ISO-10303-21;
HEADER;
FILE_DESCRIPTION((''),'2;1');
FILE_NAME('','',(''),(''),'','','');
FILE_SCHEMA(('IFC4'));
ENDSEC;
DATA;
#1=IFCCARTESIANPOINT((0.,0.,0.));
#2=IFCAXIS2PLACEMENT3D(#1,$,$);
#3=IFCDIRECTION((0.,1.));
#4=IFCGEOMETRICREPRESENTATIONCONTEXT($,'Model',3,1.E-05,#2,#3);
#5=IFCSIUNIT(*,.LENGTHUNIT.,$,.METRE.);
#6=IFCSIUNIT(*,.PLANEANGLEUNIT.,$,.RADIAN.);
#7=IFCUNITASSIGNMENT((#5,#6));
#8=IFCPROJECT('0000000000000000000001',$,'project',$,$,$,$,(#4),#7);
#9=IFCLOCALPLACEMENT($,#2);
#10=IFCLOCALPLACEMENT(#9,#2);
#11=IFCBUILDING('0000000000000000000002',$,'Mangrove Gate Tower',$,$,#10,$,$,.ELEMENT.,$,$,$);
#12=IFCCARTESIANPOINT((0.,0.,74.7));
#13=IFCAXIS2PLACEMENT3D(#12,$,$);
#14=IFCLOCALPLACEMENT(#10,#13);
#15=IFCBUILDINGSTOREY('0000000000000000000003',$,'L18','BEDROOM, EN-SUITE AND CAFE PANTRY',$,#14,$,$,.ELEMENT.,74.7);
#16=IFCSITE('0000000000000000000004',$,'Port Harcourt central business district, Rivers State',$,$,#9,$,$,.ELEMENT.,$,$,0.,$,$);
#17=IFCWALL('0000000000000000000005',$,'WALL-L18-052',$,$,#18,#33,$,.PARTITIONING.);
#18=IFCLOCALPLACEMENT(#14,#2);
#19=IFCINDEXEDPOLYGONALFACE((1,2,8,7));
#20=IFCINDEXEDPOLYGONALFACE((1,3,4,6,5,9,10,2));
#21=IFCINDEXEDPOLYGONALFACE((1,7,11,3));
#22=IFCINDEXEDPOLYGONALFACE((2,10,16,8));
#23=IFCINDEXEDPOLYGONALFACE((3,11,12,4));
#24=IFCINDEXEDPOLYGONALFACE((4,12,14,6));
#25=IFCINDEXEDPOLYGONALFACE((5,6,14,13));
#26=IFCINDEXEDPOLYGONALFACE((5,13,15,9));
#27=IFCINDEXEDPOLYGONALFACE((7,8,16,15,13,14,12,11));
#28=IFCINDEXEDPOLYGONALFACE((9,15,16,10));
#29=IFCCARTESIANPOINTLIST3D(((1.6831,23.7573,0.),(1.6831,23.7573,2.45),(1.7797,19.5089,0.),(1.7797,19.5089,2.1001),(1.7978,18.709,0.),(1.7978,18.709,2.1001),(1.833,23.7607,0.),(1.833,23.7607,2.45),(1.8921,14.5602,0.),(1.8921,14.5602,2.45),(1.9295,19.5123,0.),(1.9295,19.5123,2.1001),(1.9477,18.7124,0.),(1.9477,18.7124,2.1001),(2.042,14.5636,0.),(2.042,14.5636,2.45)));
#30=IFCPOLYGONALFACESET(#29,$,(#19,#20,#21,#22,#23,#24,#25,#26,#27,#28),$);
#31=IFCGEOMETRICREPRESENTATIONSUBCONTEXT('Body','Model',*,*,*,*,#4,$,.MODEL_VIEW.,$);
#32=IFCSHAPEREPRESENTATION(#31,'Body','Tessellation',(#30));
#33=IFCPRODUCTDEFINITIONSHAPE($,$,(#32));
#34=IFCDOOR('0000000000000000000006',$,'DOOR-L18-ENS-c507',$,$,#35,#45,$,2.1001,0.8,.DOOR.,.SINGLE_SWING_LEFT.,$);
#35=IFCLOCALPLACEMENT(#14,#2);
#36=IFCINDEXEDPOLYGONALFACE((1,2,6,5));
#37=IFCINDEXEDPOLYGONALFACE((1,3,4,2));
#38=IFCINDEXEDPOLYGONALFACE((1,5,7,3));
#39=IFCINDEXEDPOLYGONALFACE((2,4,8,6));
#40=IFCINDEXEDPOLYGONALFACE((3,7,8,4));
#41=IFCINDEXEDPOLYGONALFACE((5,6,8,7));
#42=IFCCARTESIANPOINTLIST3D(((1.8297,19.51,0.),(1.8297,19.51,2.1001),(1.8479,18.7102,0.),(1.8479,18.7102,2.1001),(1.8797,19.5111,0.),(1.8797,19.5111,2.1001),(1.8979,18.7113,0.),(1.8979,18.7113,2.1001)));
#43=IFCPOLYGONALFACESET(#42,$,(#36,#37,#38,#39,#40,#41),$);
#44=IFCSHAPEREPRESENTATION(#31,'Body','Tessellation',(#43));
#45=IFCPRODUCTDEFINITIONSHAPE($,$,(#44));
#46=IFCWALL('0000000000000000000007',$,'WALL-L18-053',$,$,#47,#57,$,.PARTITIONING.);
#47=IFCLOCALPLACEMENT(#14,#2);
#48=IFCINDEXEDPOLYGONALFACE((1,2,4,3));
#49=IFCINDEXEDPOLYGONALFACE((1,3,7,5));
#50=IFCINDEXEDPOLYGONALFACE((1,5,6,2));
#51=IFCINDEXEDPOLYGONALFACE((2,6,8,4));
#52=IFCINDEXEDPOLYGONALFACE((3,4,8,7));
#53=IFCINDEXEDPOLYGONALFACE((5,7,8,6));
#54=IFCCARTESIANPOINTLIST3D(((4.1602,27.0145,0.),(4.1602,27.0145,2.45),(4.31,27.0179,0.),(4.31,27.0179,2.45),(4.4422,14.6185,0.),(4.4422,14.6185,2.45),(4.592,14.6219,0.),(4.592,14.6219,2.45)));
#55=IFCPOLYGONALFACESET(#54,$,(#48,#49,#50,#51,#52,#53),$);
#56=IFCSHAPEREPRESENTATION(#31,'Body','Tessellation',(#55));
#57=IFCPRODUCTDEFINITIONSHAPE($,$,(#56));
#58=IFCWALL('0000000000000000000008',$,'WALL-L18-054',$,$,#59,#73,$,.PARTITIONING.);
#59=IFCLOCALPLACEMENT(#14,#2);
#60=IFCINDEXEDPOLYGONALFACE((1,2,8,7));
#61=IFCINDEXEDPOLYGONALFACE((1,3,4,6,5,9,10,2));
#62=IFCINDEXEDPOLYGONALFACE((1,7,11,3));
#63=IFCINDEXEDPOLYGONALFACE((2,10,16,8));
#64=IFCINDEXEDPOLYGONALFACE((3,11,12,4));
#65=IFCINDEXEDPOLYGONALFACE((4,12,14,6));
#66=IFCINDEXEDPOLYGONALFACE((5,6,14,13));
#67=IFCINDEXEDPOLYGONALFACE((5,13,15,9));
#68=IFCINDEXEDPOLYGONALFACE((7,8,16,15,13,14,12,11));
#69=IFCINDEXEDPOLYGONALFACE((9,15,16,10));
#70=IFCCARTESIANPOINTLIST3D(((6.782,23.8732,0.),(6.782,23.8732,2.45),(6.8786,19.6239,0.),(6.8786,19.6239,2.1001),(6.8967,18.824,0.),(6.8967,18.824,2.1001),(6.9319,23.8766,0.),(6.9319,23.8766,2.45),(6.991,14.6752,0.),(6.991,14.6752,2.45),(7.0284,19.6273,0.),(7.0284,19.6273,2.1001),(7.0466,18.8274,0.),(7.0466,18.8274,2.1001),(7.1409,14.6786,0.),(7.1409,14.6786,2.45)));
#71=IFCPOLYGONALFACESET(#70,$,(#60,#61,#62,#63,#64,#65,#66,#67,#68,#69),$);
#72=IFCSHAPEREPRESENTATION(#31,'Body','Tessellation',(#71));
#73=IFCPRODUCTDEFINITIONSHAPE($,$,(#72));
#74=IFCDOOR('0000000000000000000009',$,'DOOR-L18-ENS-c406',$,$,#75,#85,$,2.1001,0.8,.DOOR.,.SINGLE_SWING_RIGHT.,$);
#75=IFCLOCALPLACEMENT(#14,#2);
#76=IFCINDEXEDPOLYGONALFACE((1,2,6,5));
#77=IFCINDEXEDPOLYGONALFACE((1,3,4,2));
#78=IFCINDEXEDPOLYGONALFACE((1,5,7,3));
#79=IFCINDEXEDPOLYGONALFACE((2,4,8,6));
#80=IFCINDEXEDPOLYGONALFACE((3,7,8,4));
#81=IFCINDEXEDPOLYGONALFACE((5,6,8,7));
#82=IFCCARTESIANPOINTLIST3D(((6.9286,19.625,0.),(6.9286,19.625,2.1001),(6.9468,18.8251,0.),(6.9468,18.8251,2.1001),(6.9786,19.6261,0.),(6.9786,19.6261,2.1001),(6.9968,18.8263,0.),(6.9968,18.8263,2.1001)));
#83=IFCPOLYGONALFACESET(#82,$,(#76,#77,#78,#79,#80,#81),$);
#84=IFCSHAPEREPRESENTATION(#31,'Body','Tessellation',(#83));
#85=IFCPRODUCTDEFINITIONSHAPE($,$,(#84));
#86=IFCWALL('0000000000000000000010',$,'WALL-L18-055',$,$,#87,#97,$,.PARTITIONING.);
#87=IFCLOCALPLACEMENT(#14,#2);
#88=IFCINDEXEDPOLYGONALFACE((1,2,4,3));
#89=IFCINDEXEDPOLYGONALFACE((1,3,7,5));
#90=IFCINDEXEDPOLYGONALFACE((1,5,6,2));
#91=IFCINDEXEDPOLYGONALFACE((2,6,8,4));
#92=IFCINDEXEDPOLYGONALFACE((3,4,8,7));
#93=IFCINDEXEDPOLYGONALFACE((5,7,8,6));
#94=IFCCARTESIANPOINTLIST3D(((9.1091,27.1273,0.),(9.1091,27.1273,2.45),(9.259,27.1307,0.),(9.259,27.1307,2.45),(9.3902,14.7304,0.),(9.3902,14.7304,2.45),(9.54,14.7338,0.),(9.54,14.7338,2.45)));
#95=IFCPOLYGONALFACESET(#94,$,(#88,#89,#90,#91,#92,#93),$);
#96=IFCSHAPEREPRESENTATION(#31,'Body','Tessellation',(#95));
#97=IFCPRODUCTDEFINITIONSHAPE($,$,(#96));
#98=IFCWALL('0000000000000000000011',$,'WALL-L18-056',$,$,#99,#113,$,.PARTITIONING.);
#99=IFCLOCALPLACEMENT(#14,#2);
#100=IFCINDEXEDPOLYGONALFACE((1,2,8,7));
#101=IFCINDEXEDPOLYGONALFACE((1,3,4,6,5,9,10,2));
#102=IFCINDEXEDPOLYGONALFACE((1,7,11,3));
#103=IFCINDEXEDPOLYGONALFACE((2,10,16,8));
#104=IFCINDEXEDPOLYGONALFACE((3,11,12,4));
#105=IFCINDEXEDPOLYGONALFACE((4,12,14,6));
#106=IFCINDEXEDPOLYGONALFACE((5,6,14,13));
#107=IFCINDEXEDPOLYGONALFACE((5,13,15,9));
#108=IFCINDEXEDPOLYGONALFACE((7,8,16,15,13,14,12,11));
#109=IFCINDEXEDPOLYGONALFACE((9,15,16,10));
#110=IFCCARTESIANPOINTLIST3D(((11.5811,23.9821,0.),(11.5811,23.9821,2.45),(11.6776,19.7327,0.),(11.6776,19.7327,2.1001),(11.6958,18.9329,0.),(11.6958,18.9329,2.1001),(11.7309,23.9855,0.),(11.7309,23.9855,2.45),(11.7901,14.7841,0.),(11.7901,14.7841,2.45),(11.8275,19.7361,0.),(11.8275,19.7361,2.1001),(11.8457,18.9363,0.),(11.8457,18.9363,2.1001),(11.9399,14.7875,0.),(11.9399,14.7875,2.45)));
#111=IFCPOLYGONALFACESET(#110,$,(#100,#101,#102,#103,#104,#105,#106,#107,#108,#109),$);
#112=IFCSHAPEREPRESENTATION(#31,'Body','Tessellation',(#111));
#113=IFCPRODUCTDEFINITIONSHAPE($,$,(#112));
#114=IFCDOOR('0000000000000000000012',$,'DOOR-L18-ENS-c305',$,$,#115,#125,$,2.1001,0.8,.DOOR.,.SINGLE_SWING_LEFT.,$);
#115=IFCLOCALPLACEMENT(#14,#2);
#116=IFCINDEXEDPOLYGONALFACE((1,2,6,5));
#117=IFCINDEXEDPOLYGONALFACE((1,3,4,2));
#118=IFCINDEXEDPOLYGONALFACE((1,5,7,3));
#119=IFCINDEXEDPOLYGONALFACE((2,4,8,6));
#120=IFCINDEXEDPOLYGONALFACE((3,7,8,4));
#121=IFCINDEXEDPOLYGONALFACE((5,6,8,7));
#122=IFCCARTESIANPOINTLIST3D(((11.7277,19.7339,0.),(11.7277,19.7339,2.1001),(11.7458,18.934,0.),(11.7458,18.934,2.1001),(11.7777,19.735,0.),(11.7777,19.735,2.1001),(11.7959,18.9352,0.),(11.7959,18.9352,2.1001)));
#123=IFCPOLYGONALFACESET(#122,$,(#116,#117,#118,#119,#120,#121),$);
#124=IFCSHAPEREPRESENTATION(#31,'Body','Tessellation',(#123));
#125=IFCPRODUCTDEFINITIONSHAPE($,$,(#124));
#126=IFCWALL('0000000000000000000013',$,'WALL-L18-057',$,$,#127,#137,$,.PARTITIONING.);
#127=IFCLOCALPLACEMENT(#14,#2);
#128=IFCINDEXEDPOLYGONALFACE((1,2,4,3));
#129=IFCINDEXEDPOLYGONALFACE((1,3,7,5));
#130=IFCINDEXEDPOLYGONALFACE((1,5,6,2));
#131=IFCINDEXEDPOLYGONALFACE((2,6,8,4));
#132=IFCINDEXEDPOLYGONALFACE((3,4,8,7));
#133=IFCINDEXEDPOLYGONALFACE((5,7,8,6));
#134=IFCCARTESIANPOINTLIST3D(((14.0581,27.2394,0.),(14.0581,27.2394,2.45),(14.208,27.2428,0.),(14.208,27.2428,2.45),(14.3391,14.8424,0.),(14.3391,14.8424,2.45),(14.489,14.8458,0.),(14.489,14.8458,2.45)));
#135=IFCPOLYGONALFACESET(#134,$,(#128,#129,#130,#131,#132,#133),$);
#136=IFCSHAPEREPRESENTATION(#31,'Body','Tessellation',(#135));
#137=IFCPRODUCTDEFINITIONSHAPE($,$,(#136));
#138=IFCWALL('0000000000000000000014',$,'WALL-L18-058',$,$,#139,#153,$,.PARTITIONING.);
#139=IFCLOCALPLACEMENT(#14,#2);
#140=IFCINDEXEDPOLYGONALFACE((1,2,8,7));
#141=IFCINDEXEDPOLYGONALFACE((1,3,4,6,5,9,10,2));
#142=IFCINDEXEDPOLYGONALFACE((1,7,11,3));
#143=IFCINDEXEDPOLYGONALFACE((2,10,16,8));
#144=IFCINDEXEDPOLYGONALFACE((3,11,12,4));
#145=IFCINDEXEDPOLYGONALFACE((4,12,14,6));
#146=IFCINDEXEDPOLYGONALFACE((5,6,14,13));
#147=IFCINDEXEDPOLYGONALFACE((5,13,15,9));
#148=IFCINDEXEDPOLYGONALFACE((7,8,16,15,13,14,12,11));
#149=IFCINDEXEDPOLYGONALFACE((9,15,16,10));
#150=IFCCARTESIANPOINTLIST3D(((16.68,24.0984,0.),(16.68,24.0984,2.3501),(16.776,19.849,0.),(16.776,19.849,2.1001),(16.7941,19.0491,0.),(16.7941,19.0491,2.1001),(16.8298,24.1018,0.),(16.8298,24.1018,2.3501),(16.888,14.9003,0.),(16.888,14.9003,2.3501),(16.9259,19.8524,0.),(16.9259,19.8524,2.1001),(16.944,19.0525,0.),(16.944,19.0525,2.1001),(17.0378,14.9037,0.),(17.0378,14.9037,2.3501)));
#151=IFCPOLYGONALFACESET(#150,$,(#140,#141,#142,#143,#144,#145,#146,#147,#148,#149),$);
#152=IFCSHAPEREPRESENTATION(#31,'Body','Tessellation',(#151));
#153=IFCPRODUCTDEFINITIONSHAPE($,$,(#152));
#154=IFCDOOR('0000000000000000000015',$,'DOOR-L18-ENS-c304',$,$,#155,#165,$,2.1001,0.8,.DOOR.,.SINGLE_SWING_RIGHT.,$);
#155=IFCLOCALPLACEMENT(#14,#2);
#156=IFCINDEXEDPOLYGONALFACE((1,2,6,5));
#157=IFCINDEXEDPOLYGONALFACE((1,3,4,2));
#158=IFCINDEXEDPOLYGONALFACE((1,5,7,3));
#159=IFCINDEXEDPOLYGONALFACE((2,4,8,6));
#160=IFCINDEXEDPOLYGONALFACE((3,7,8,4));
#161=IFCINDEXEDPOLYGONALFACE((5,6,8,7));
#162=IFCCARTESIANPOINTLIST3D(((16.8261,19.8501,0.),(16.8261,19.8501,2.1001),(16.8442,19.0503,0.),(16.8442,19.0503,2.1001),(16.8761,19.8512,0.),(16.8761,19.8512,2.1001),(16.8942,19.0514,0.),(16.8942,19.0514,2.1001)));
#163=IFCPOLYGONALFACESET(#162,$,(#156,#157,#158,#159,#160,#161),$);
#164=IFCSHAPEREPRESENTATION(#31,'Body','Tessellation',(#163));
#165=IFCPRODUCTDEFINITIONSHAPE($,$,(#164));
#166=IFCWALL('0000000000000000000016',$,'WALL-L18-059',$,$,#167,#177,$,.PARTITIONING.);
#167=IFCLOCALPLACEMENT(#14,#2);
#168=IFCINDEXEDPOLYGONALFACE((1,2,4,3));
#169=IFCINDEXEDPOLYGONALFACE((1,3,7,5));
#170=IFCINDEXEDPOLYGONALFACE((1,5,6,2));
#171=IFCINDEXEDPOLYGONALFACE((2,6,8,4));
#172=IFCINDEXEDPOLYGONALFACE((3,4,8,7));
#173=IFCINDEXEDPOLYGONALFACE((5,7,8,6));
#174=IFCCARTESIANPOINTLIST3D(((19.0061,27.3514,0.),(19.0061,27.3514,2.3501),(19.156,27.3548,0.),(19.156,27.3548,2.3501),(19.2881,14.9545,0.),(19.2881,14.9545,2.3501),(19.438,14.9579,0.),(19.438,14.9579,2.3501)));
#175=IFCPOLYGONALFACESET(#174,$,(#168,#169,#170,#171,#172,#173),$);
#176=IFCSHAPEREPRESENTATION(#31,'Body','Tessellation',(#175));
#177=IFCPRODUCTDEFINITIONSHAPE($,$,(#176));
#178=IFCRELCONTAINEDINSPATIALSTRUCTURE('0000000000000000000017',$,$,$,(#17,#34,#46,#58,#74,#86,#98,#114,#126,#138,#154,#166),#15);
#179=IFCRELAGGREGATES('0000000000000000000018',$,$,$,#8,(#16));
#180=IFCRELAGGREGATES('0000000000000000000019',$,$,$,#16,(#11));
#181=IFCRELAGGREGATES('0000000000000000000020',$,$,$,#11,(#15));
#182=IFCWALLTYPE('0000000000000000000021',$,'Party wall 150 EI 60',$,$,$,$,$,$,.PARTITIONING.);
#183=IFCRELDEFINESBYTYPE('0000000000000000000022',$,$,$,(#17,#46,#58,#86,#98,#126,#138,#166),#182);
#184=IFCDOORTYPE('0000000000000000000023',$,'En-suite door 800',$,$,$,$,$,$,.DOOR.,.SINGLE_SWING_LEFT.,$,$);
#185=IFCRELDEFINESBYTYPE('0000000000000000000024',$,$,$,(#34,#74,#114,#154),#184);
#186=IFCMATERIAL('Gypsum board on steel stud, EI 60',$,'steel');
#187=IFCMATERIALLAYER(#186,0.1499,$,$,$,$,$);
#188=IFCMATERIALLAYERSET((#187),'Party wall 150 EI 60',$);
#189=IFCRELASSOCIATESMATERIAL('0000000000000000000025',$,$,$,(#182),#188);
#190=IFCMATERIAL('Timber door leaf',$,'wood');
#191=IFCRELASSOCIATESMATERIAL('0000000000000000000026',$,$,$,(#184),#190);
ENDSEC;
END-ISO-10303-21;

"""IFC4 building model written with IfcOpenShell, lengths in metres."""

from ifc_helpers import new_model, si_unit, direction, frame, frame_2d, origin, place, context, subcontext, project, spatial, rectangle, extrude, material, layer, layer_set, type_object, element, fill, save


model = new_model("IFC4")

# Units and contexts
model_context = context("Model", 3, precision=1e-05, world=origin(), true_north=direction((0.0, 1.0)))
body_context = subcontext(model_context, "Body", "Model", "MODEL_VIEW")
ifc_project = project(units=[si_unit("LENGTHUNIT", "METRE"), si_unit("PLANEANGLEUNIT", "RADIAN")], contexts=[model_context])

# Site, building, storey
site_placement = place(None, origin())
site = spatial("IfcSite", under=ifc_project, at=site_placement, Name="Port Harcourt central business district, Rivers State", CompositionType="ELEMENT", RefElevation=0.0)
building_placement = place(site_placement, origin())
building = spatial("IfcBuilding", under=site, at=building_placement, Name="Mangrove Gate Tower", CompositionType="ELEMENT")
storey_placement = place(building_placement, frame((0.0, 0.0, 74.7)))
storey = spatial("IfcBuildingStorey", under=building, at=storey_placement, Name="L18", Description="BEDROOM, EN-SUITE AND CAFE PANTRY", CompositionType="ELEMENT", Elevation=74.7)

# Wall, opening, door
ifc_material_1 = material(Name="Gypsum board on steel stud, EI 60", Category="steel")
ifc_layer_1 = layer(ifc_material_1, 0.1499)
ifc_layer_set_1 = layer_set([ifc_layer_1], Name="Party wall 150 EI 60")
wall_type_1 = type_object("IfcWallType", Name="Party wall 150 EI 60", PredefinedType="PARTITIONING", material=ifc_layer_set_1)
wall_1_placement = place(storey_placement, frame((1.967, 14.562, 0.0), z_axis=(0.0, 0.0, 1.0), x_axis=(-0.022717, 0.999742, 0.0)))
wall_1 = element("IfcWall", 1, at=wall_1_placement, inside=storey, type_object=wall_type_1, Name="WALL-L18-052", PredefinedType="PARTITIONING", context=body_context, shape_type="SweptSolid", body=[
    extrude(rectangle(XDim=9.1995, YDim=0.1499, at=frame_2d((4.5996, 0.0))), origin(), (0.0, 0.0, 1.0), 2.45),
])
opening_1_placement = place(wall_1_placement, frame((4.1499, 0.0, 0.0)))
opening_1 = element("IfcOpeningElement", 2, at=opening_1_placement, cuts=wall_1, PredefinedType="OPENING", context=body_context, shape_type="SweptSolid", body=[
    extrude(rectangle(XDim=0.8, YDim=2.1001, at=frame_2d((0.3999, 1.05))), frame((0.0, 0.085, 0.0), z_axis=(0.0, -1.0, 0.0), x_axis=(1.0, 0.0, 0.0)), (0.0, 0.0, 1.0), 0.1699),
])
ifc_material_2 = material(Name="Timber door leaf", Category="wood")
door_type_1 = type_object("IfcDoorType", Name="En-suite door 800", OperationType="SINGLE_SWING_LEFT", PredefinedType="DOOR", material=ifc_material_2)
door_1_placement = place(opening_1_placement, origin())
door_1 = element("IfcDoor", 3, at=door_1_placement, inside=storey, type_object=door_type_1, Name="DOOR-L18-ENS-c507", OperationType="SINGLE_SWING_LEFT", OverallHeight=2.1001, OverallWidth=0.8, PredefinedType="DOOR", context=body_context, shape_type="SweptSolid", body=[
    extrude(rectangle(XDim=0.8, YDim=2.1001, at=frame_2d((0.3999, 1.05))), frame((0.0, 0.0249, 0.0), z_axis=(0.0, -1.0, 0.0), x_axis=(1.0, 0.0, 0.0)), (0.0, 0.0, 1.0), 0.05),
])
fill(opening_1, door_1)

# Wall
wall_2_placement = place(storey_placement, frame((4.5171, 14.6201, 0.0), z_axis=(0.0, 0.0, 1.0), x_axis=(-0.022742, 0.999741, 0.0)))
element("IfcWall", 4, at=wall_2_placement, inside=storey, type_object=wall_type_1, Name="WALL-L18-053", PredefinedType="PARTITIONING", context=body_context, shape_type="SweptSolid", body=[
    extrude(rectangle(XDim=12.3992, YDim=0.1499, at=frame_2d((6.1997, 0.0))), origin(), (0.0, 0.0, 1.0), 2.45),
])

# Wall, opening, door
wall_3_placement = place(storey_placement, frame((7.0659, 14.677, 0.0), z_axis=(0.0, 0.0, 1.0), x_axis=(-0.022715, 0.999742, 0.0)))
wall_3 = element("IfcWall", 5, at=wall_3_placement, inside=storey, type_object=wall_type_1, Name="WALL-L18-054", PredefinedType="PARTITIONING", context=body_context, shape_type="SweptSolid", body=[
    extrude(rectangle(XDim=9.2004, YDim=0.1499, at=frame_2d((4.6001, 0.0))), origin(), (0.0, 0.0, 1.0), 2.45),
])
opening_2_placement = place(wall_3_placement, frame((4.1499, 0.0, 0.0)))
opening_2 = element("IfcOpeningElement", 6, at=opening_2_placement, cuts=wall_3, PredefinedType="OPENING", context=body_context, shape_type="SweptSolid", body=[
    extrude(rectangle(XDim=0.8, YDim=2.1001, at=frame_2d((0.3999, 1.05))), frame((0.0, 0.085, 0.0), z_axis=(0.0, -1.0, 0.0), x_axis=(1.0, 0.0, 0.0)), (0.0, 0.0, 1.0), 0.1699),
])
door_2_placement = place(opening_2_placement, origin())
door_2 = element("IfcDoor", 7, at=door_2_placement, inside=storey, type_object=door_type_1, Name="DOOR-L18-ENS-c406", OperationType="SINGLE_SWING_RIGHT", OverallHeight=2.1001, OverallWidth=0.8, PredefinedType="DOOR", context=body_context, shape_type="SweptSolid", body=[
    extrude(rectangle(XDim=0.8, YDim=2.1001, at=frame_2d((0.3999, 1.05))), frame((0.0, 0.0249, 0.0), z_axis=(0.0, -1.0, 0.0), x_axis=(1.0, 0.0, 0.0)), (0.0, 0.0, 1.0), 0.05),
])
fill(opening_2, door_2)

# Wall
wall_4_placement = place(storey_placement, frame((9.4651, 14.7319, 0.0), z_axis=(0.0, 0.0, 1.0), x_axis=(-0.022661, 0.999743, 0.0)))
element("IfcWall", 8, at=wall_4_placement, inside=storey, type_object=wall_type_1, Name="WALL-L18-055", PredefinedType="PARTITIONING", context=body_context, shape_type="SweptSolid", body=[
    extrude(rectangle(XDim=12.4001, YDim=0.1499, at=frame_2d((6.2002, 0.0))), origin(), (0.0, 0.0, 1.0), 2.45),
])

# Wall, opening, door
wall_5_placement = place(storey_placement, frame((11.865, 14.7859, 0.0), z_axis=(0.0, 0.0, 1.0), x_axis=(-0.022715, 0.999742, 0.0)))
wall_5 = element("IfcWall", 9, at=wall_5_placement, inside=storey, type_object=wall_type_1, Name="WALL-L18-056", PredefinedType="PARTITIONING", context=body_context, shape_type="SweptSolid", body=[
    extrude(rectangle(XDim=9.2004, YDim=0.1499, at=frame_2d((4.6001, 0.0))), origin(), (0.0, 0.0, 1.0), 2.45),
])
opening_3_placement = place(wall_5_placement, frame((4.1499, 0.0, 0.0)))
opening_3 = element("IfcOpeningElement", 10, at=opening_3_placement, cuts=wall_5, PredefinedType="OPENING", context=body_context, shape_type="SweptSolid", body=[
    extrude(rectangle(XDim=0.8, YDim=2.1001, at=frame_2d((0.3999, 1.05))), frame((0.0, 0.085, 0.0), z_axis=(0.0, -1.0, 0.0), x_axis=(1.0, 0.0, 0.0)), (0.0, 0.0, 1.0), 0.1699),
])
door_3_placement = place(opening_3_placement, origin())
door_3 = element("IfcDoor", 11, at=door_3_placement, inside=storey, type_object=door_type_1, Name="DOOR-L18-ENS-c305", OperationType="SINGLE_SWING_LEFT", OverallHeight=2.1001, OverallWidth=0.8, PredefinedType="DOOR", context=body_context, shape_type="SweptSolid", body=[
    extrude(rectangle(XDim=0.8, YDim=2.1001, at=frame_2d((0.3999, 1.05))), frame((0.0, 0.0249, 0.0), z_axis=(0.0, -1.0, 0.0), x_axis=(1.0, 0.0, 0.0)), (0.0, 0.0, 1.0), 0.05),
])
fill(opening_3, door_3)

# Wall
wall_6_placement = place(storey_placement, frame((14.4141, 14.844, 0.0), z_axis=(0.0, 0.0, 1.0), x_axis=(-0.022661, 0.999743, 0.0)))
element("IfcWall", 12, at=wall_6_placement, inside=storey, type_object=wall_type_1, Name="WALL-L18-057", PredefinedType="PARTITIONING", context=body_context, shape_type="SweptSolid", body=[
    extrude(rectangle(XDim=12.4001, YDim=0.1499, at=frame_2d((6.2002, 0.0))), origin(), (0.0, 0.0, 1.0), 2.45),
])

# Wall, opening, door
wall_7_placement = place(storey_placement, frame((16.9629, 14.9021, 0.0), z_axis=(0.0, 0.0, 1.0), x_axis=(-0.022609, 0.999744, 0.0)))
wall_7 = element("IfcWall", 13, at=wall_7_placement, inside=storey, type_object=wall_type_1, Name="WALL-L18-058", PredefinedType="PARTITIONING", context=body_context, shape_type="SweptSolid", body=[
    extrude(rectangle(XDim=9.2004, YDim=0.1499, at=frame_2d((4.6001, 0.0))), origin(), (0.0, 0.0, 1.0), 2.3501),
])
opening_4_placement = place(wall_7_placement, frame((4.1499, 0.0, 0.0)))
opening_4 = element("IfcOpeningElement", 14, at=opening_4_placement, cuts=wall_7, PredefinedType="OPENING", context=body_context, shape_type="SweptSolid", body=[
    extrude(rectangle(XDim=0.8, YDim=2.1001, at=frame_2d((0.3999, 1.05))), frame((0.0, 0.085, 0.0), z_axis=(0.0, -1.0, 0.0), x_axis=(1.0, 0.0, 0.0)), (0.0, 0.0, 1.0), 0.1699),
])
door_4_placement = place(opening_4_placement, origin())
door_4 = element("IfcDoor", 15, at=door_4_placement, inside=storey, type_object=door_type_1, Name="DOOR-L18-ENS-c304", OperationType="SINGLE_SWING_RIGHT", OverallHeight=2.1001, OverallWidth=0.8, PredefinedType="DOOR", context=body_context, shape_type="SweptSolid", body=[
    extrude(rectangle(XDim=0.8, YDim=2.1001, at=frame_2d((0.3999, 1.05))), frame((0.0, 0.0249, 0.0), z_axis=(0.0, -1.0, 0.0), x_axis=(1.0, 0.0, 0.0)), (0.0, 0.0, 1.0), 0.05),
])
fill(opening_4, door_4)

# Wall
wall_8_placement = place(storey_placement, frame((19.363, 14.9561, 0.0), z_axis=(0.0, 0.0, 1.0), x_axis=(-0.02274, 0.999741, 0.0)))
element("IfcWall", 16, at=wall_8_placement, inside=storey, type_object=wall_type_1, Name="WALL-L18-059", PredefinedType="PARTITIONING", context=body_context, shape_type="SweptSolid", body=[
    extrude(rectangle(XDim=12.4001, YDim=0.1499, at=frame_2d((6.2002, 0.0))), origin(), (0.0, 0.0, 1.0), 2.3501),
])

save(model, "model.ifc")
